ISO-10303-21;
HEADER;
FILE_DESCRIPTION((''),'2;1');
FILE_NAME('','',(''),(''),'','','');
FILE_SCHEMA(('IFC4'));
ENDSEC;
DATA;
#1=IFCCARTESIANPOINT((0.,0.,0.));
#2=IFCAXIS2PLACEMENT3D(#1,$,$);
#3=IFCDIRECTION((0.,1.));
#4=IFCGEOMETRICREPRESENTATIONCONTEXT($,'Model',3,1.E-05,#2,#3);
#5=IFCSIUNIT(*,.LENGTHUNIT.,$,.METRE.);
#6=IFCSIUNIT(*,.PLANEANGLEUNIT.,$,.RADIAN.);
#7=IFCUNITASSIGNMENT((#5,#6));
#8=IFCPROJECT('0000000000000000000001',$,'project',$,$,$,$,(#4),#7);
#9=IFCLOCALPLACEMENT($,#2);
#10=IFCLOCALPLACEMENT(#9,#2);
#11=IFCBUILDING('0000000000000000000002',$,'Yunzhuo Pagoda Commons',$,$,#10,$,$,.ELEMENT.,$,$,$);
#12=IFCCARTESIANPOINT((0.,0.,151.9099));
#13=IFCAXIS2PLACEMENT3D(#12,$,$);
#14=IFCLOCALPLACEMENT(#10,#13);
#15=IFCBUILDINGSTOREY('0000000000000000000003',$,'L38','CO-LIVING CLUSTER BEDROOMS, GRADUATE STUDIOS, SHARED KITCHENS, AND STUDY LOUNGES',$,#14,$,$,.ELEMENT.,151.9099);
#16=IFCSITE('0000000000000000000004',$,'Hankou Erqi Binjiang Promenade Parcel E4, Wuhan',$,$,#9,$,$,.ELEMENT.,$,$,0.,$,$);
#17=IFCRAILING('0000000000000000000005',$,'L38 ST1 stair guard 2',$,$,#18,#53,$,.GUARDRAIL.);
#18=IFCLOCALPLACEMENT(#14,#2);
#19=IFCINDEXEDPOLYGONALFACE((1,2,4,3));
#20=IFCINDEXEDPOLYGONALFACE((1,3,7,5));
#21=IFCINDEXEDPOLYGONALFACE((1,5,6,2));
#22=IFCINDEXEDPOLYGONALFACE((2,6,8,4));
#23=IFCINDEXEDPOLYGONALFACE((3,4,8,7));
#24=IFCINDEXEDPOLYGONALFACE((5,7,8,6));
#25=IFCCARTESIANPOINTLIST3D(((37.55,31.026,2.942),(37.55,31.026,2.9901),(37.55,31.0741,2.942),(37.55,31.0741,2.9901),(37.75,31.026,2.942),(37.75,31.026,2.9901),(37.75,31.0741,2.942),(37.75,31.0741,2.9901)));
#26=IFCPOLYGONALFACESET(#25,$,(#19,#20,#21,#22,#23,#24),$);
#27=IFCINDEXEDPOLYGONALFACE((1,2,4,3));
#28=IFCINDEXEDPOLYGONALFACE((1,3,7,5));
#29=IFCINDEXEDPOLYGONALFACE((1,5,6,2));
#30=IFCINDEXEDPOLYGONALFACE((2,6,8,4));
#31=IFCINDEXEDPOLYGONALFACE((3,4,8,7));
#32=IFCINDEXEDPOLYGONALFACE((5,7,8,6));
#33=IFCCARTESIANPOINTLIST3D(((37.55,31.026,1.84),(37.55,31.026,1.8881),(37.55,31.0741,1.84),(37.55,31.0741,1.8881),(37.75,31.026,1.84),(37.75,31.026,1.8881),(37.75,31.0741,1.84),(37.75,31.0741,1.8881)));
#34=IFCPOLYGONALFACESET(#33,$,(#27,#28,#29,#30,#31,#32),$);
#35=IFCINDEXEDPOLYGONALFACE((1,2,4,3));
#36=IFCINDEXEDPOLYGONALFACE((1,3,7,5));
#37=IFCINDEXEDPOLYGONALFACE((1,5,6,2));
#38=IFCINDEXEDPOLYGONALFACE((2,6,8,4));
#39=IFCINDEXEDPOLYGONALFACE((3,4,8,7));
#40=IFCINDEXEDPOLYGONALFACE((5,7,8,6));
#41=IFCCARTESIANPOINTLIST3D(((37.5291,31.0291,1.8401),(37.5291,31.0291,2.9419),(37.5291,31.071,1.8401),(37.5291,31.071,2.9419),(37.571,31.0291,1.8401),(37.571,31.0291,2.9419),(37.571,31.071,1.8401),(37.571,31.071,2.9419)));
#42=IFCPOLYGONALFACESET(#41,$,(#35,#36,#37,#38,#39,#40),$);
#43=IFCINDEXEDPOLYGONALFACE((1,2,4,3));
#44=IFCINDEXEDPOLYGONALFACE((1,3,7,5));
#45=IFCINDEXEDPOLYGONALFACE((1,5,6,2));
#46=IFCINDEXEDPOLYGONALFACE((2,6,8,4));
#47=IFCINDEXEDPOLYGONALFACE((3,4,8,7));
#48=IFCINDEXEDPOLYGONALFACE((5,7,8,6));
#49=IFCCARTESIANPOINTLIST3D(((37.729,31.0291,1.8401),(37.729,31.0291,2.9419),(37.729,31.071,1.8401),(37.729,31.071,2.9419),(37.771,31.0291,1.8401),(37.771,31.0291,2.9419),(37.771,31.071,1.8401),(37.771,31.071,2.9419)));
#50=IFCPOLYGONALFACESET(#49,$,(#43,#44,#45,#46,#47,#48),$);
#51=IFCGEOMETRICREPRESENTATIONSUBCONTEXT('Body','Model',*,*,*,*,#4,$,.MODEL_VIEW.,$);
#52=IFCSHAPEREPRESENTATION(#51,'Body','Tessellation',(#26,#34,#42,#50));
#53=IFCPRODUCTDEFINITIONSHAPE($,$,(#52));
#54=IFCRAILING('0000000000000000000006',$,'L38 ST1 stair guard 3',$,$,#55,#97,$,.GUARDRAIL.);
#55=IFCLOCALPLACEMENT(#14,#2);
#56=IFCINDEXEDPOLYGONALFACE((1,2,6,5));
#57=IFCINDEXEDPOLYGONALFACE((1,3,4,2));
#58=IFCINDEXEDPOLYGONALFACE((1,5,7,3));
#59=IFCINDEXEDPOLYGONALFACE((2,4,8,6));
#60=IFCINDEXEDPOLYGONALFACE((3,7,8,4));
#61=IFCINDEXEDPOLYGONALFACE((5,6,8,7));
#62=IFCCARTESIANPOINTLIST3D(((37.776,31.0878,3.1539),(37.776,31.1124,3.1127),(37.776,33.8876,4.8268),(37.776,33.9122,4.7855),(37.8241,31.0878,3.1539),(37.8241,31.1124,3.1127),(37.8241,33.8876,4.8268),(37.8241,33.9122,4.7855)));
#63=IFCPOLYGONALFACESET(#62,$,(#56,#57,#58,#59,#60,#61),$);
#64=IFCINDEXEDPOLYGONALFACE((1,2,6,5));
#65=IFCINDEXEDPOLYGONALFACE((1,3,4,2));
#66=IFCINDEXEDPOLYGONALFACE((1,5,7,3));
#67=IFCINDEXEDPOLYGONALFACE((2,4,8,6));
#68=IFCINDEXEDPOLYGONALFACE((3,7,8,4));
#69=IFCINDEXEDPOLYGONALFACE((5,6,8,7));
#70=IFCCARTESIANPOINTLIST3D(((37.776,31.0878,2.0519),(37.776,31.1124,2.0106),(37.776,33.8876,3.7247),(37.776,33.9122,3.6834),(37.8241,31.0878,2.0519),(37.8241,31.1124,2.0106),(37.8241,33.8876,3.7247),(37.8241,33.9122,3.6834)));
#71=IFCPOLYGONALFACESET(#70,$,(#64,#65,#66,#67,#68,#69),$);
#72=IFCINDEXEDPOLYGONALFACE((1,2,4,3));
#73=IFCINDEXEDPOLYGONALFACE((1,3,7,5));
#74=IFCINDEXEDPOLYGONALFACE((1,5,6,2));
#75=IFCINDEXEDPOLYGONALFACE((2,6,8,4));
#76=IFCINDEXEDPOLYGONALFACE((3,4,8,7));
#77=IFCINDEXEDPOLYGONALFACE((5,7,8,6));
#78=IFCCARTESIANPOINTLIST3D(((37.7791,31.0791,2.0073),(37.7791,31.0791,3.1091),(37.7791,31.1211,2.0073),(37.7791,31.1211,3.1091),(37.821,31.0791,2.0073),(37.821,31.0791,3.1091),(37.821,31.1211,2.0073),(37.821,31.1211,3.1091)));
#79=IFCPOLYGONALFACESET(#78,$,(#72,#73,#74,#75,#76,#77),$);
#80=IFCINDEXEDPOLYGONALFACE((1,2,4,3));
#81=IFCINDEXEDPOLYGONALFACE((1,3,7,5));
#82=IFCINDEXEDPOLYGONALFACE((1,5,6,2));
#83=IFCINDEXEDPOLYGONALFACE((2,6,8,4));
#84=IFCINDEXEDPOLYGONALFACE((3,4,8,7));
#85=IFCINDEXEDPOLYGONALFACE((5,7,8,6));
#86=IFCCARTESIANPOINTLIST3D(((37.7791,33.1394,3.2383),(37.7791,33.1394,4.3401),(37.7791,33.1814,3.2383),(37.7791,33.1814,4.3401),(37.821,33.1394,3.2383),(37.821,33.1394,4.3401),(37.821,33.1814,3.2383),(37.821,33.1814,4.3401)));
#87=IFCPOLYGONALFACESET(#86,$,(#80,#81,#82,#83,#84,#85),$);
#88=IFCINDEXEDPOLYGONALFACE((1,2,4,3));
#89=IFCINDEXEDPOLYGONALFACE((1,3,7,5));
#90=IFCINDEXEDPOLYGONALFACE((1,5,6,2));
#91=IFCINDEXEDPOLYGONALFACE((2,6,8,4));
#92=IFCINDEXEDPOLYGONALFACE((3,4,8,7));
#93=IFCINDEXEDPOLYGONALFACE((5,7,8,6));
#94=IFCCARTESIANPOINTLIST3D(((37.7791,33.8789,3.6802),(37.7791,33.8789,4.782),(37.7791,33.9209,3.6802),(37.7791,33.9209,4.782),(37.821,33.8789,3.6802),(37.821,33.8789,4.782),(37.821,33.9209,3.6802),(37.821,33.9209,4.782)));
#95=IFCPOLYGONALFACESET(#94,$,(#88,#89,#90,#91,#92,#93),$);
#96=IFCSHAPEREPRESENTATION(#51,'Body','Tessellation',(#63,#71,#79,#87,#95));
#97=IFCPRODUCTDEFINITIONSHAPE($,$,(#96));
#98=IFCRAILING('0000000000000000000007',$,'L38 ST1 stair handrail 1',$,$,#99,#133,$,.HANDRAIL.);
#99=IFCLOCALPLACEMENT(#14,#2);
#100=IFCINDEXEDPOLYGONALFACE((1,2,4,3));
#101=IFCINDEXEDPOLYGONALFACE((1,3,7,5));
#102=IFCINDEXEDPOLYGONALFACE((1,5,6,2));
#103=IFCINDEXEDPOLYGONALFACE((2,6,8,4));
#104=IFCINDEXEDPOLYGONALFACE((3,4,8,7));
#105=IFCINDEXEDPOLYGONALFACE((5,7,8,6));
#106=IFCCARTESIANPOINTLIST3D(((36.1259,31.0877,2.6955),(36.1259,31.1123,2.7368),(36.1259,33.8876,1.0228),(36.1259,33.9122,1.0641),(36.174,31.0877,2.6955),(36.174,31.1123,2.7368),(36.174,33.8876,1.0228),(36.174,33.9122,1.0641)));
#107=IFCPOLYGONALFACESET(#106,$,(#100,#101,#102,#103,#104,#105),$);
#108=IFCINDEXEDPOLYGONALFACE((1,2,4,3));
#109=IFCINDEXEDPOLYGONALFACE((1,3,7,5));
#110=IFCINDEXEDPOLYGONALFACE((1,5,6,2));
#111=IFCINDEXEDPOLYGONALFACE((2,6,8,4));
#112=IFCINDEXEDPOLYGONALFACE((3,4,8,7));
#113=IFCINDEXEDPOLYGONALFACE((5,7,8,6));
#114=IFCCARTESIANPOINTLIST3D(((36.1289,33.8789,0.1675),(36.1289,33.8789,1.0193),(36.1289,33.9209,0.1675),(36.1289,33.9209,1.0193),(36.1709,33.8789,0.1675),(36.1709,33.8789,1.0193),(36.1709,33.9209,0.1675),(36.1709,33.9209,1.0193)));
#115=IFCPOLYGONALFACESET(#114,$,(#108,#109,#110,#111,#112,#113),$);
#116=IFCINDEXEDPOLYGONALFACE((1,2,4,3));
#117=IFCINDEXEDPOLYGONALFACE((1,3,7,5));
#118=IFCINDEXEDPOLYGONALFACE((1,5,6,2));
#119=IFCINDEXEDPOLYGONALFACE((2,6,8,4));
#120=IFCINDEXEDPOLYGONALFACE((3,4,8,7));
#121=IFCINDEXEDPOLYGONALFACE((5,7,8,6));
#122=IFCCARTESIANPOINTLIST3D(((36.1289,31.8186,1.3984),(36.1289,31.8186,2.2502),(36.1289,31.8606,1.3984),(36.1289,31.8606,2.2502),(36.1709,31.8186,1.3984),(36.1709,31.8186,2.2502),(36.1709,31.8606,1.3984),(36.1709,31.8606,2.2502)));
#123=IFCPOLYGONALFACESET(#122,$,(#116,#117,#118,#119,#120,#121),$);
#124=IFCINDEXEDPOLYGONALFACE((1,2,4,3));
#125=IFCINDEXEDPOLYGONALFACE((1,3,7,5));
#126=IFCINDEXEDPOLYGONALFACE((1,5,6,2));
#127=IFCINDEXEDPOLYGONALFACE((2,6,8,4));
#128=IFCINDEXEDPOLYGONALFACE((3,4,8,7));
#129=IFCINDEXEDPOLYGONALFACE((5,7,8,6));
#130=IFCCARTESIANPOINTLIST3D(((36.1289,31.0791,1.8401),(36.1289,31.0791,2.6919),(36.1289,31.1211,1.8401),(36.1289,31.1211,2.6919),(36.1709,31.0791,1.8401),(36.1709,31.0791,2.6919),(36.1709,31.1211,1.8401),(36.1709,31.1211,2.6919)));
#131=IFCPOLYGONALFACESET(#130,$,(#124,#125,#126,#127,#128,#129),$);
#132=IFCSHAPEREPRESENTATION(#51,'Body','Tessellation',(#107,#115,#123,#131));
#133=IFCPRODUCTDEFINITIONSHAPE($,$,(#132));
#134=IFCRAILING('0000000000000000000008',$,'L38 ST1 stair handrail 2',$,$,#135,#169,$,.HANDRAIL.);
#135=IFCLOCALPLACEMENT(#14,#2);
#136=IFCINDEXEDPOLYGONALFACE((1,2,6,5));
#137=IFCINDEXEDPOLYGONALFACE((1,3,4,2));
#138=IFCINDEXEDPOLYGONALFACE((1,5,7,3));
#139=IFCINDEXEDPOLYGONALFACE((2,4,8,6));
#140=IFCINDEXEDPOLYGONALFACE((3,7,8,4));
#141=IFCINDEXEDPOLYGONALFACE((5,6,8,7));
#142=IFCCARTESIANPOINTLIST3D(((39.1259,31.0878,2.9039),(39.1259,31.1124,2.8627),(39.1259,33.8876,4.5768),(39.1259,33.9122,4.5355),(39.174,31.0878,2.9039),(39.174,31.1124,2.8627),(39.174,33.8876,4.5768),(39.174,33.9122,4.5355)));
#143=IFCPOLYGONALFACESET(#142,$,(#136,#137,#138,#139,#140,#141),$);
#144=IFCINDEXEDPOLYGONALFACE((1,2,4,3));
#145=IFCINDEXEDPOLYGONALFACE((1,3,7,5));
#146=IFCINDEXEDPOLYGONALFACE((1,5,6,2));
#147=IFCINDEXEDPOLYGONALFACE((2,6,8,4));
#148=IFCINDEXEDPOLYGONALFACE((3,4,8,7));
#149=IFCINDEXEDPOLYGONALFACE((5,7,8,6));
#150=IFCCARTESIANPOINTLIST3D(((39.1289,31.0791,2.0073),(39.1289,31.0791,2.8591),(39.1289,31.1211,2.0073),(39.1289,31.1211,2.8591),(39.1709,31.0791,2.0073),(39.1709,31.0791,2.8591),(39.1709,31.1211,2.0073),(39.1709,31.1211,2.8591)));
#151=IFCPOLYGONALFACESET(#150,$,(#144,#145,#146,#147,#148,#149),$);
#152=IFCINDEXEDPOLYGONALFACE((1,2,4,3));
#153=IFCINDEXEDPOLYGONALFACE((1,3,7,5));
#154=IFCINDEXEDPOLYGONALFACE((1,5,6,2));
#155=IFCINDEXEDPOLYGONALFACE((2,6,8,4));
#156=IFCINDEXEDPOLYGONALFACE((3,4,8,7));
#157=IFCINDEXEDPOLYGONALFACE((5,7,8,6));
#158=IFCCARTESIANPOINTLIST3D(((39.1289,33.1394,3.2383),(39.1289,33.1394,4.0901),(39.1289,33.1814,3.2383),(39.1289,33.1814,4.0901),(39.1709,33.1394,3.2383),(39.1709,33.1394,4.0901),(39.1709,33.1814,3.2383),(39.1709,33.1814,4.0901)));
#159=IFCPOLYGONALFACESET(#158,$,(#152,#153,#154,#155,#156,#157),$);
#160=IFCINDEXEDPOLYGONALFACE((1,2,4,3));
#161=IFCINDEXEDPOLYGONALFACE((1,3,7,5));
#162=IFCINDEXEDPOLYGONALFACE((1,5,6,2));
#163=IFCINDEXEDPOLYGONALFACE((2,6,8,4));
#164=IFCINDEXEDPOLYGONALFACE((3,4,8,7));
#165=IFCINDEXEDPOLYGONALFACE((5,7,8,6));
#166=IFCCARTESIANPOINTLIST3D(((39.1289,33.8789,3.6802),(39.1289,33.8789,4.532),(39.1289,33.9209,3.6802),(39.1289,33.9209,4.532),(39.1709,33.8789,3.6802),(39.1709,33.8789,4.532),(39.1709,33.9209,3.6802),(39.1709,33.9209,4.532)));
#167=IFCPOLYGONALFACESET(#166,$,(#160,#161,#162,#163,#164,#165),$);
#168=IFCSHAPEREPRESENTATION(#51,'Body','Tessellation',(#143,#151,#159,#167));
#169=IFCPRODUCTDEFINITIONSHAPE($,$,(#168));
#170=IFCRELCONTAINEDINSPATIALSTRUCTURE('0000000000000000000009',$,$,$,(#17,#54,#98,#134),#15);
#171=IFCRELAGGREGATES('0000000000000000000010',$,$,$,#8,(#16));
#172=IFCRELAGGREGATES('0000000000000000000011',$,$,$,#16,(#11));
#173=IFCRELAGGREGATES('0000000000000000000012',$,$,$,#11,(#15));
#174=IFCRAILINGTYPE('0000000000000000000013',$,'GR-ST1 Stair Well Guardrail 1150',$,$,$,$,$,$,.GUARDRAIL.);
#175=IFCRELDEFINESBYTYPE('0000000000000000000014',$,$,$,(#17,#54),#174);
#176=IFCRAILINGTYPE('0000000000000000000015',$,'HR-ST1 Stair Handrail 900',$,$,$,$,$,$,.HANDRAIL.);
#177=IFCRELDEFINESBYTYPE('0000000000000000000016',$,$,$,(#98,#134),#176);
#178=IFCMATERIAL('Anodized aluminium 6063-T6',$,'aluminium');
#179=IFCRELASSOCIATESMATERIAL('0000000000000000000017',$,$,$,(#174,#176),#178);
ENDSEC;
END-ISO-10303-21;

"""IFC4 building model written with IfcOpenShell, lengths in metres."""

from ifc_helpers import new_model, si_unit, direction, frame, origin, origin_2d, place, context, subcontext, project, spatial, rectangle, extrude, material, type_object, element, save


model = new_model("IFC4")

# Units and contexts
model_context = context("Model", 3, precision=1e-05, world=origin(), true_north=direction((0.0, 1.0)))
body_context = subcontext(model_context, "Body", "Model", "MODEL_VIEW")
ifc_project = project(units=[si_unit("LENGTHUNIT", "METRE"), si_unit("PLANEANGLEUNIT", "RADIAN")], contexts=[model_context])

# Site, building, storey
site_placement = place(None, origin())
site = spatial("IfcSite", under=ifc_project, at=site_placement, Name="Hankou Erqi Binjiang Promenade Parcel E4, Wuhan", CompositionType="ELEMENT", RefElevation=0.0)
building_placement = place(site_placement, origin())
building = spatial("IfcBuilding", under=site, at=building_placement, Name="Yunzhuo Pagoda Commons", CompositionType="ELEMENT")
storey_placement = place(building_placement, frame((0.0, 0.0, 151.9099)))
storey = spatial("IfcBuildingStorey", under=building, at=storey_placement, Name="L38", Description="CO-LIVING CLUSTER BEDROOMS, GRADUATE STUDIOS, SHARED KITCHENS, AND STUDY LOUNGES", CompositionType="ELEMENT", Elevation=151.9099)

# Railings
ifc_material_1 = material(Name="Anodized aluminium 6063-T6", Category="aluminium")
railing_type_1 = type_object("IfcRailingType", Name="GR-ST1 Stair Well Guardrail 1150", PredefinedType="GUARDRAIL", material=ifc_material_1)
railing_1_placement = place(storey_placement, frame((37.55, 31.05, 1.8401)))
element("IfcRailing", 1, at=railing_1_placement, inside=storey, type_object=railing_type_1, Name="L38 ST1 stair guard 2", PredefinedType="GUARDRAIL", context=body_context, shape_type="SweptSolid", body=[
    extrude(rectangle(XDim=0.0481, YDim=0.0481, at=origin_2d()), frame((0.0, 0.0, 1.126), z_axis=(1.0, 0.0, 0.0), x_axis=(0.0, 1.0, 0.0)), (0.0, 0.0, 1.0), 0.2),
    extrude(rectangle(XDim=0.0481, YDim=0.0481, at=origin_2d()), frame((0.0, 0.0, 0.0239), z_axis=(1.0, 0.0, 0.0), x_axis=(0.0, 1.0, 0.0)), (0.0, 0.0, 1.0), 0.2),
    extrude(rectangle(XDim=0.042, YDim=0.042, at=origin_2d()), origin(), (0.0, 0.0, 1.0), 1.1018),
    extrude(rectangle(XDim=0.042, YDim=0.042, at=origin_2d()), frame((0.2, 0.0, 0.0)), (0.0, 0.0, 1.0), 1.1018),
])
railing_2_placement = place(storey_placement, frame((37.8, 31.1001, 2.0073)))
element("IfcRailing", 2, at=railing_2_placement, inside=storey, type_object=railing_type_1, Name="L38 ST1 stair guard 3", PredefinedType="GUARDRAIL", context=body_context, shape_type="SweptSolid", body=[
    extrude(rectangle(XDim=0.0481, YDim=0.0481, at=origin_2d()), frame((0.0, 0.0, 1.126), z_axis=(0.0, 0.858443, 0.51291), x_axis=(-1.0, 0.0, 0.0)), (0.0, 0.0, 1.0), 3.2615),
    extrude(rectangle(XDim=0.0481, YDim=0.0481, at=origin_2d()), frame((0.0, 0.0, 0.0239), z_axis=(0.0, 0.858443, 0.51291), x_axis=(-1.0, 0.0, 0.0)), (0.0, 0.0, 1.0), 3.2615),
    extrude(rectangle(XDim=0.042, YDim=0.042, at=origin_2d()), origin(), (0.0, 0.0, 1.0), 1.1018),
    extrude(rectangle(XDim=0.042, YDim=0.042, at=origin_2d()), frame((0.0, 2.0603, 1.231)), (0.0, 0.0, 1.0), 1.1018),
    extrude(rectangle(XDim=0.042, YDim=0.042, at=origin_2d()), frame((0.0, 2.7998, 1.6729)), (0.0, 0.0, 1.0), 1.1018),
])
railing_type_2 = type_object("IfcRailingType", Name="HR-ST1 Stair Handrail 900", PredefinedType="HANDRAIL", material=ifc_material_1)
railing_3_placement = place(storey_placement, frame((36.1499, 33.8999, 0.1675)))
element("IfcRailing", 3, at=railing_3_placement, inside=storey, type_object=railing_type_2, Name="L38 ST1 stair handrail 1", PredefinedType="HANDRAIL", context=body_context, shape_type="SweptSolid", body=[
    extrude(rectangle(XDim=0.0481, YDim=0.0481, at=origin_2d()), frame((0.0, 0.0, 0.876), z_axis=(0.0, -0.858476, 0.512855), x_axis=(1.0, 0.0, 0.0)), (0.0, 0.0, 1.0), 3.2615),
    extrude(rectangle(XDim=0.042, YDim=0.042, at=origin_2d()), origin(), (0.0, 0.0, 1.0), 0.8518),
    extrude(rectangle(XDim=0.042, YDim=0.042, at=origin_2d()), frame((0.0, -2.0603, 1.231)), (0.0, 0.0, 1.0), 0.8518),
    extrude(rectangle(XDim=0.042, YDim=0.042, at=origin_2d()), frame((0.0, -2.7998, 1.6726)), (0.0, 0.0, 1.0), 0.8518),
])
railing_4_placement = place(storey_placement, frame((39.1499, 31.1001, 2.0073)))
element("IfcRailing", 4, at=railing_4_placement, inside=storey, type_object=railing_type_2, Name="L38 ST1 stair handrail 2", PredefinedType="HANDRAIL", context=body_context, shape_type="SweptSolid", body=[
    extrude(rectangle(XDim=0.0481, YDim=0.0481, at=origin_2d()), frame((0.0, 0.0, 0.876), z_axis=(0.0, 0.858443, 0.51291), x_axis=(-1.0, 0.0, 0.0)), (0.0, 0.0, 1.0), 3.2615),
    extrude(rectangle(XDim=0.042, YDim=0.042, at=origin_2d()), origin(), (0.0, 0.0, 1.0), 0.8518),
    extrude(rectangle(XDim=0.042, YDim=0.042, at=origin_2d()), frame((0.0, 2.0603, 1.231)), (0.0, 0.0, 1.0), 0.8518),
    extrude(rectangle(XDim=0.042, YDim=0.042, at=origin_2d()), frame((0.0, 2.7998, 1.6729)), (0.0, 0.0, 1.0), 0.8518),
])

save(model, "model.ifc")
